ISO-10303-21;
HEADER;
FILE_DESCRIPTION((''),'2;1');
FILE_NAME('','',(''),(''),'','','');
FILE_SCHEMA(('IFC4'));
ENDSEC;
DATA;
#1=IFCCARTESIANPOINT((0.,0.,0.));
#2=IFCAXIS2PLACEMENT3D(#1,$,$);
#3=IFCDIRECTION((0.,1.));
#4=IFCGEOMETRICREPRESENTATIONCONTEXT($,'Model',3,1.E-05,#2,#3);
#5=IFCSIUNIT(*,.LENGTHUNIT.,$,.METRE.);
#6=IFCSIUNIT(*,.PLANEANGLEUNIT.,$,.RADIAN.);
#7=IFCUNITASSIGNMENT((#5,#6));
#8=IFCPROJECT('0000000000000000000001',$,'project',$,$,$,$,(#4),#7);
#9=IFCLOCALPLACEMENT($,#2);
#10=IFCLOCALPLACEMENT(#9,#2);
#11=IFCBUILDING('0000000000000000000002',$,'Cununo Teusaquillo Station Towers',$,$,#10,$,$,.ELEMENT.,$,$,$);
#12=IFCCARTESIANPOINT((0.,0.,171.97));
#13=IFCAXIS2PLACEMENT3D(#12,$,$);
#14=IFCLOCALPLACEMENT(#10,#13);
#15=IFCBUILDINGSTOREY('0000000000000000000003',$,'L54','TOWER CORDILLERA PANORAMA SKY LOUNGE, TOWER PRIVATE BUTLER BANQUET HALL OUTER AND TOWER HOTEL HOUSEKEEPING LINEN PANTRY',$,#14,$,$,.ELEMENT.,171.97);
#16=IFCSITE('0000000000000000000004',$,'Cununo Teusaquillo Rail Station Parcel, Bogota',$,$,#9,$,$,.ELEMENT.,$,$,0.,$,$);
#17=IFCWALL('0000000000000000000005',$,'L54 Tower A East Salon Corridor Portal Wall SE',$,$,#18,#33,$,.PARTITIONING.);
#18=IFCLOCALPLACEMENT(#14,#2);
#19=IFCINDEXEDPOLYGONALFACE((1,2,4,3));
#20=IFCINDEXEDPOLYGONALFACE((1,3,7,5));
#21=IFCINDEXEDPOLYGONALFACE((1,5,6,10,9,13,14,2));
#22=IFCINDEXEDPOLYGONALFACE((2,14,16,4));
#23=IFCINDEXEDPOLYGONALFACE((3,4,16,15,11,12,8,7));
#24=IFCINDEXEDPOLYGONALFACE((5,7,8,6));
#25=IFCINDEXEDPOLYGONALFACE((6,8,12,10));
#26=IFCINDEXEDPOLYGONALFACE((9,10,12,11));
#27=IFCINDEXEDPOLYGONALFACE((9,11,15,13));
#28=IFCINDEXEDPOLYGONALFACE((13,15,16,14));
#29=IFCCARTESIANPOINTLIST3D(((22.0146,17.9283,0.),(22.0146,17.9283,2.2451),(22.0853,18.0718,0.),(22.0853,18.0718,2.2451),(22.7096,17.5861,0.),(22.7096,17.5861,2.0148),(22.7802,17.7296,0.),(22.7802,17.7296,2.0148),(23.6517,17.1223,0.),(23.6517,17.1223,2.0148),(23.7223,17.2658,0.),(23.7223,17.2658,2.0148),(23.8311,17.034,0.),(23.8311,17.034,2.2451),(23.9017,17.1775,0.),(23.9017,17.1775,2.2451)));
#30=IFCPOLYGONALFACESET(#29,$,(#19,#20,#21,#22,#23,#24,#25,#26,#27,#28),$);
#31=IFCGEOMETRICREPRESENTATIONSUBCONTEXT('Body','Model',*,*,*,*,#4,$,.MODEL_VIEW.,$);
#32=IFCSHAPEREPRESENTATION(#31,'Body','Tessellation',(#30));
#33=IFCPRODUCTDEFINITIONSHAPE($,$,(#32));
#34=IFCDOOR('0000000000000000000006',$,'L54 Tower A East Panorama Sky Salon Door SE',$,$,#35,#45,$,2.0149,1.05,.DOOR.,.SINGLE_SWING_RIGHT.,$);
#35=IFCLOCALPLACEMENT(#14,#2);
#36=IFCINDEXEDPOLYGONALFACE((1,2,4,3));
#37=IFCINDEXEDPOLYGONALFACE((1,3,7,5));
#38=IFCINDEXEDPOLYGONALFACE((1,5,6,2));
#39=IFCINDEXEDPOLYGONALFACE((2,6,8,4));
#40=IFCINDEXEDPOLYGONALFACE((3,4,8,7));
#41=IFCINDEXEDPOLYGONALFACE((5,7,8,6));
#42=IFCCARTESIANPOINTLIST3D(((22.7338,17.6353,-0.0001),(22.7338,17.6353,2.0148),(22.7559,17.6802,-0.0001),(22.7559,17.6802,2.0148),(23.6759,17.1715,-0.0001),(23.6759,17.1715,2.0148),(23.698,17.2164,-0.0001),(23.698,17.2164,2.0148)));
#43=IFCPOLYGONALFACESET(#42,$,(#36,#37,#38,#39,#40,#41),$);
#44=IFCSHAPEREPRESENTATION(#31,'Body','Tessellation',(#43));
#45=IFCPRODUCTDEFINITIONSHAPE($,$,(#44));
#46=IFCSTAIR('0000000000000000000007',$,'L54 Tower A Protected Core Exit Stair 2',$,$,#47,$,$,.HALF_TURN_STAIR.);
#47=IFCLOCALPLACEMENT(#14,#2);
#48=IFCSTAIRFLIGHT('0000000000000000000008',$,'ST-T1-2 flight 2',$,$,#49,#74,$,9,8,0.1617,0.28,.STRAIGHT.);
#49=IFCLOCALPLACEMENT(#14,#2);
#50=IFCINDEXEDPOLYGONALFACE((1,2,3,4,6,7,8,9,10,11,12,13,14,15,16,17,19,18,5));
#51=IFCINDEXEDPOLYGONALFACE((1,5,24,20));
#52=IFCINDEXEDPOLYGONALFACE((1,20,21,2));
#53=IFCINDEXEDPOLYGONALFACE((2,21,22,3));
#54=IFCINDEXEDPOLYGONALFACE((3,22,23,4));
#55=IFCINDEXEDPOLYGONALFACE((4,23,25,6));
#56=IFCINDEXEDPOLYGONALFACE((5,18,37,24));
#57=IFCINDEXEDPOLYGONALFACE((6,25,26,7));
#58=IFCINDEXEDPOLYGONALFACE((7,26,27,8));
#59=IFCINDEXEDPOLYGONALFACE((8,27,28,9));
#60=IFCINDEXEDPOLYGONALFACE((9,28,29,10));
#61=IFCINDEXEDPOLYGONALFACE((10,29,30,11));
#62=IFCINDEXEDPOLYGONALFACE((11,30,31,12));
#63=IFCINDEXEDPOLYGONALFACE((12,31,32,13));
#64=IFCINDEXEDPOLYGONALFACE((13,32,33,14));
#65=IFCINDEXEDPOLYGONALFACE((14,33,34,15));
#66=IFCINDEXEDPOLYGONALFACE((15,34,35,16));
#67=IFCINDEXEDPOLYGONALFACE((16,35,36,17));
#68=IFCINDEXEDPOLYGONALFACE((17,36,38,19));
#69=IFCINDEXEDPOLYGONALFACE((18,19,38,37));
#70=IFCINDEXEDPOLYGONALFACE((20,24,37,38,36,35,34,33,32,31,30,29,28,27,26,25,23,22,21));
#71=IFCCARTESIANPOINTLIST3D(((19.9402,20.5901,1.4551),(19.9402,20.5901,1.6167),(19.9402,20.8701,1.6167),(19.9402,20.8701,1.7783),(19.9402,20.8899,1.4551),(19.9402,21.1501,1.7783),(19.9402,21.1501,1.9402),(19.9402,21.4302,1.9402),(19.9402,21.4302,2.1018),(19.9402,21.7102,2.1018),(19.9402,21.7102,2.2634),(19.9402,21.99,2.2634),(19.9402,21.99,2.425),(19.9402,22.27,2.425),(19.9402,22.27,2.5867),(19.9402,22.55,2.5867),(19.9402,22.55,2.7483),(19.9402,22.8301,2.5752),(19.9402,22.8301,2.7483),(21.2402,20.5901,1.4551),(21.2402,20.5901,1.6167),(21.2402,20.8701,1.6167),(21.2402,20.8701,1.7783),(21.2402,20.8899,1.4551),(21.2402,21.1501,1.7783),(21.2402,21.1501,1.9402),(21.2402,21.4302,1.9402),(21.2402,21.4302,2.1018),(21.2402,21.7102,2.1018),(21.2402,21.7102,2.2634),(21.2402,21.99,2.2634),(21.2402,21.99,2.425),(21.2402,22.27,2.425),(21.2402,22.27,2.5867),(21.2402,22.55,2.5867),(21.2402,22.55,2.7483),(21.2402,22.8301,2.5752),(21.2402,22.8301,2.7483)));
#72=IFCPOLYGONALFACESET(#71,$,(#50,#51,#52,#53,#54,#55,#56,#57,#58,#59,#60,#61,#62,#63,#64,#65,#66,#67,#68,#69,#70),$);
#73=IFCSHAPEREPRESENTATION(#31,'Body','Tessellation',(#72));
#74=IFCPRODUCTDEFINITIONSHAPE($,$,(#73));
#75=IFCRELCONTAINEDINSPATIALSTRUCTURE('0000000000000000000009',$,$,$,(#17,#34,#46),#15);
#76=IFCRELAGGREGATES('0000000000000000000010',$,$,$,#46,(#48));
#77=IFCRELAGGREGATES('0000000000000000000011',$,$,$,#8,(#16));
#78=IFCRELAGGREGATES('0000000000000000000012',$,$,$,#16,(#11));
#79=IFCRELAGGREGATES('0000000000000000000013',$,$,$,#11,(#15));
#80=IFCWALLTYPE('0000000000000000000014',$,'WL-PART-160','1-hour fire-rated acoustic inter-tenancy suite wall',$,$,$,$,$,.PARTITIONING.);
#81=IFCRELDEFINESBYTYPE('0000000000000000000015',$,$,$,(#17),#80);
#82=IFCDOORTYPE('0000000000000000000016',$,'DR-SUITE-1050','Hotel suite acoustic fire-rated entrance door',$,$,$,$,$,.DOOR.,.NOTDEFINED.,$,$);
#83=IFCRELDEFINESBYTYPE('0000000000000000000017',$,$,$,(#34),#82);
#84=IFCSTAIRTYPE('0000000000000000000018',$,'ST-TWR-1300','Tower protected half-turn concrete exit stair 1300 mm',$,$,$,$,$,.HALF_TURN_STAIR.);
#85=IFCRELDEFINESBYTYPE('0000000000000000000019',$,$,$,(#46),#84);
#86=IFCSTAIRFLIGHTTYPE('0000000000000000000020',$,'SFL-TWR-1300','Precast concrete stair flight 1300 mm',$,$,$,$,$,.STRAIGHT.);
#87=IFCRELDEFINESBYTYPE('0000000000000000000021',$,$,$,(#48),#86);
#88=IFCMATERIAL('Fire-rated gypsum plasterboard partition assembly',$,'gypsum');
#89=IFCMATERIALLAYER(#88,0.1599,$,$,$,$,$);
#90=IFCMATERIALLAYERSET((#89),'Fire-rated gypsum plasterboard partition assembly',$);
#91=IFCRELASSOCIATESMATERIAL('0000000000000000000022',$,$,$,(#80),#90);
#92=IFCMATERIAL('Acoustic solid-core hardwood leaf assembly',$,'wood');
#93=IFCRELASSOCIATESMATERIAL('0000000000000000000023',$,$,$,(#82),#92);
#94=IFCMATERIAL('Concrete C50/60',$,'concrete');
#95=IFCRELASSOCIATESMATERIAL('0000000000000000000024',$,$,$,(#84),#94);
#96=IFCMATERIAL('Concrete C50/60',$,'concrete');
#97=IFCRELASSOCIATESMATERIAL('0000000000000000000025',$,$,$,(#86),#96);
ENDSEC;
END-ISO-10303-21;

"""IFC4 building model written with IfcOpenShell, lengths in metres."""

from ifc_helpers import new_model, si_unit, direction, frame, frame_2d, origin, place, context, subcontext, project, spatial, polyline, rectangle, outline, extrude, source, transform, mapped, material, layer, layer_set, type_object, element, fill, aggregate, save


model = new_model("IFC4")

# Units and contexts
model_context = context("Model", 3, precision=1e-05, world=origin(), true_north=direction((0.0, 1.0)))
body_context = subcontext(model_context, "Body", "Model", "MODEL_VIEW")
ifc_project = project(units=[si_unit("LENGTHUNIT", "METRE"), si_unit("PLANEANGLEUNIT", "RADIAN")], contexts=[model_context])

# Site, building, storey
site_placement = place(None, origin())
site = spatial("IfcSite", under=ifc_project, at=site_placement, Name="Cununo Teusaquillo Rail Station Parcel, Bogota", CompositionType="ELEMENT", RefElevation=0.0)
building_placement = place(site_placement, origin())
building = spatial("IfcBuilding", under=site, at=building_placement, Name="Cununo Teusaquillo Station Towers", CompositionType="ELEMENT")
storey_placement = place(building_placement, frame((0.0, 0.0, 171.97)))
storey = spatial("IfcBuildingStorey", under=building, at=storey_placement, Name="L54", Description="TOWER CORDILLERA PANORAMA SKY LOUNGE, TOWER PRIVATE BUTLER BANQUET HALL OUTER AND TOWER HOTEL HOUSEKEEPING LINEN PANTRY", CompositionType="ELEMENT", Elevation=171.97)

# Wall, opening, door
ifc_material_1 = material(Name="Fire-rated gypsum plasterboard partition assembly", Category="gypsum")
ifc_layer_1 = layer(ifc_material_1, 0.1599)
ifc_layer_set_1 = layer_set([ifc_layer_1], Name="Fire-rated gypsum plasterboard partition assembly")
wall_type_1 = type_object("IfcWallType", Name="WL-PART-160", Description="1-hour fire-rated acoustic inter-tenancy suite wall", PredefinedType="PARTITIONING", material=ifc_layer_set_1)
wall_1_placement = place(storey_placement, frame((22.05, 18.0, 0.0), z_axis=(0.0, 0.0, 1.0), x_axis=(0.89716, -0.441706, 0.0)))
wall_1 = element("IfcWall", 1, at=wall_1_placement, inside=storey, type_object=wall_type_1, Name="L54 Tower A East Salon Corridor Portal Wall SE", PredefinedType="PARTITIONING", context=body_context, shape_type="SweptSolid", body=[
    extrude(rectangle(XDim=2.0247, YDim=0.1599, at=frame_2d((1.0122, 0.0))), origin(), (0.0, 0.0, 1.0), 2.2451),
])
shared_shape_1 = source(origin(), body_context, "Body", "SweptSolid", [
    extrude(rectangle(XDim=1.05, YDim=2.0149, at=frame_2d((0.5249, 1.0073))), frame((0.0, 0.0898, 0.0), z_axis=(0.0, -1.0, 0.0), x_axis=(1.0, 0.0, 0.0)), (0.0, 0.0, 1.0), 0.1799),
])
opening_placement = place(wall_1_placement, frame((0.7747, 0.0, 0.0)))
opening = element("IfcOpeningElement", 2, at=opening_placement, cuts=wall_1, PredefinedType="OPENING", context=body_context, shape_type="MappedRepresentation", body=[
    mapped(shared_shape_1, transform((0.0, 0.0, 0.0), x_axis=(1.0, 0.0, 0.0), y_axis=(0.0, 1.0, 0.0), z_axis=(0.0, 0.0, 1.0), scale=1.0)),
])
ifc_material_2 = material(Name="Acoustic solid-core hardwood leaf assembly", Category="wood")
door_type = type_object("IfcDoorType", Name="DR-SUITE-1050", Description="Hotel suite acoustic fire-rated entrance door", OperationType="NOTDEFINED", PredefinedType="DOOR", material=ifc_material_2)
shared_shape_2 = source(origin(), body_context, "Body", "SweptSolid", [
    extrude(rectangle(XDim=1.05, YDim=2.0149, at=frame_2d((0.5249, 1.0073))), frame((0.0, 0.0249, 0.0), z_axis=(0.0, -1.0, 0.0), x_axis=(1.0, 0.0, 0.0)), (0.0, 0.0, 1.0), 0.05),
])
door_placement = place(opening_placement, origin())
door = element("IfcDoor", 3, at=door_placement, inside=storey, type_object=door_type, Name="L54 Tower A East Panorama Sky Salon Door SE", OperationType="SINGLE_SWING_RIGHT", OverallHeight=2.0149, OverallWidth=1.05, PredefinedType="DOOR", context=body_context, shape_type="MappedRepresentation", body=[
    mapped(shared_shape_2, transform((0.0, 0.0, 0.0), x_axis=(1.0, 0.0, 0.0), y_axis=(0.0, 1.0, 0.0), z_axis=(0.0, 0.0, 1.0), scale=1.0)),
])
fill(opening, door)

# Stair, stair flight
ifc_material_3 = material(Name="Concrete C50/60", Category="concrete")
stair_type = type_object("IfcStairType", Name="ST-TWR-1300", Description="Tower protected half-turn concrete exit stair 1300 mm", PredefinedType="HALF_TURN_STAIR", material=ifc_material_3)
stair_placement = place(storey_placement, origin())
stair = element("IfcStair", 4, at=stair_placement, inside=storey, type_object=stair_type, Name="L54 Tower A Protected Core Exit Stair 2", PredefinedType="HALF_TURN_STAIR")
ifc_material_4 = material(Name="Concrete C50/60", Category="concrete")
stair_flight_type = type_object("IfcStairFlightType", Name="SFL-TWR-1300", Description="Precast concrete stair flight 1300 mm", PredefinedType="STRAIGHT", material=ifc_material_4)
stair_flight_placement = place(storey_placement, frame((20.5901, 20.5901, 1.4551), z_axis=(0.0, 0.0, 1.0), x_axis=(0.0, 1.0, 0.0)))
stair_flight = element("IfcStairFlight", 5, at=stair_flight_placement, type_object=stair_flight_type, Name="ST-T1-2 flight 2", NumberOfRisers=9, NumberOfTreads=8, PredefinedType="STRAIGHT", RiserHeight=0.1617, TreadLength=0.28, context=body_context, shape_type="SweptSolid", body=[
    extrude(outline(polyline([(0.0, 0.0), (0.0, 0.1616), (0.28, 0.1616), (0.28, 0.3232), (0.5601, 0.3232), (0.5601, 0.4851), (0.8401, 0.4851), (0.8401, 0.6467), (1.1201, 0.6467), (1.1201, 0.8083), (1.3999, 0.8083), (1.3999, 0.97), (1.6799, 0.97), (1.6799, 1.1316), (1.96, 1.1316), (1.96, 1.2932), (2.24, 1.2932), (2.24, 1.4551), (2.24, 1.1201), (0.2998, 0.0), (0.0, 0.0)])), frame((0.0, 0.6499, 0.0), z_axis=(0.0, -1.0, 0.0), x_axis=(1.0, 0.0, 0.0)), (0.0, 0.0, 1.0), 1.3),
])
aggregate(stair, [stair_flight])

save(model, "model.ifc")
